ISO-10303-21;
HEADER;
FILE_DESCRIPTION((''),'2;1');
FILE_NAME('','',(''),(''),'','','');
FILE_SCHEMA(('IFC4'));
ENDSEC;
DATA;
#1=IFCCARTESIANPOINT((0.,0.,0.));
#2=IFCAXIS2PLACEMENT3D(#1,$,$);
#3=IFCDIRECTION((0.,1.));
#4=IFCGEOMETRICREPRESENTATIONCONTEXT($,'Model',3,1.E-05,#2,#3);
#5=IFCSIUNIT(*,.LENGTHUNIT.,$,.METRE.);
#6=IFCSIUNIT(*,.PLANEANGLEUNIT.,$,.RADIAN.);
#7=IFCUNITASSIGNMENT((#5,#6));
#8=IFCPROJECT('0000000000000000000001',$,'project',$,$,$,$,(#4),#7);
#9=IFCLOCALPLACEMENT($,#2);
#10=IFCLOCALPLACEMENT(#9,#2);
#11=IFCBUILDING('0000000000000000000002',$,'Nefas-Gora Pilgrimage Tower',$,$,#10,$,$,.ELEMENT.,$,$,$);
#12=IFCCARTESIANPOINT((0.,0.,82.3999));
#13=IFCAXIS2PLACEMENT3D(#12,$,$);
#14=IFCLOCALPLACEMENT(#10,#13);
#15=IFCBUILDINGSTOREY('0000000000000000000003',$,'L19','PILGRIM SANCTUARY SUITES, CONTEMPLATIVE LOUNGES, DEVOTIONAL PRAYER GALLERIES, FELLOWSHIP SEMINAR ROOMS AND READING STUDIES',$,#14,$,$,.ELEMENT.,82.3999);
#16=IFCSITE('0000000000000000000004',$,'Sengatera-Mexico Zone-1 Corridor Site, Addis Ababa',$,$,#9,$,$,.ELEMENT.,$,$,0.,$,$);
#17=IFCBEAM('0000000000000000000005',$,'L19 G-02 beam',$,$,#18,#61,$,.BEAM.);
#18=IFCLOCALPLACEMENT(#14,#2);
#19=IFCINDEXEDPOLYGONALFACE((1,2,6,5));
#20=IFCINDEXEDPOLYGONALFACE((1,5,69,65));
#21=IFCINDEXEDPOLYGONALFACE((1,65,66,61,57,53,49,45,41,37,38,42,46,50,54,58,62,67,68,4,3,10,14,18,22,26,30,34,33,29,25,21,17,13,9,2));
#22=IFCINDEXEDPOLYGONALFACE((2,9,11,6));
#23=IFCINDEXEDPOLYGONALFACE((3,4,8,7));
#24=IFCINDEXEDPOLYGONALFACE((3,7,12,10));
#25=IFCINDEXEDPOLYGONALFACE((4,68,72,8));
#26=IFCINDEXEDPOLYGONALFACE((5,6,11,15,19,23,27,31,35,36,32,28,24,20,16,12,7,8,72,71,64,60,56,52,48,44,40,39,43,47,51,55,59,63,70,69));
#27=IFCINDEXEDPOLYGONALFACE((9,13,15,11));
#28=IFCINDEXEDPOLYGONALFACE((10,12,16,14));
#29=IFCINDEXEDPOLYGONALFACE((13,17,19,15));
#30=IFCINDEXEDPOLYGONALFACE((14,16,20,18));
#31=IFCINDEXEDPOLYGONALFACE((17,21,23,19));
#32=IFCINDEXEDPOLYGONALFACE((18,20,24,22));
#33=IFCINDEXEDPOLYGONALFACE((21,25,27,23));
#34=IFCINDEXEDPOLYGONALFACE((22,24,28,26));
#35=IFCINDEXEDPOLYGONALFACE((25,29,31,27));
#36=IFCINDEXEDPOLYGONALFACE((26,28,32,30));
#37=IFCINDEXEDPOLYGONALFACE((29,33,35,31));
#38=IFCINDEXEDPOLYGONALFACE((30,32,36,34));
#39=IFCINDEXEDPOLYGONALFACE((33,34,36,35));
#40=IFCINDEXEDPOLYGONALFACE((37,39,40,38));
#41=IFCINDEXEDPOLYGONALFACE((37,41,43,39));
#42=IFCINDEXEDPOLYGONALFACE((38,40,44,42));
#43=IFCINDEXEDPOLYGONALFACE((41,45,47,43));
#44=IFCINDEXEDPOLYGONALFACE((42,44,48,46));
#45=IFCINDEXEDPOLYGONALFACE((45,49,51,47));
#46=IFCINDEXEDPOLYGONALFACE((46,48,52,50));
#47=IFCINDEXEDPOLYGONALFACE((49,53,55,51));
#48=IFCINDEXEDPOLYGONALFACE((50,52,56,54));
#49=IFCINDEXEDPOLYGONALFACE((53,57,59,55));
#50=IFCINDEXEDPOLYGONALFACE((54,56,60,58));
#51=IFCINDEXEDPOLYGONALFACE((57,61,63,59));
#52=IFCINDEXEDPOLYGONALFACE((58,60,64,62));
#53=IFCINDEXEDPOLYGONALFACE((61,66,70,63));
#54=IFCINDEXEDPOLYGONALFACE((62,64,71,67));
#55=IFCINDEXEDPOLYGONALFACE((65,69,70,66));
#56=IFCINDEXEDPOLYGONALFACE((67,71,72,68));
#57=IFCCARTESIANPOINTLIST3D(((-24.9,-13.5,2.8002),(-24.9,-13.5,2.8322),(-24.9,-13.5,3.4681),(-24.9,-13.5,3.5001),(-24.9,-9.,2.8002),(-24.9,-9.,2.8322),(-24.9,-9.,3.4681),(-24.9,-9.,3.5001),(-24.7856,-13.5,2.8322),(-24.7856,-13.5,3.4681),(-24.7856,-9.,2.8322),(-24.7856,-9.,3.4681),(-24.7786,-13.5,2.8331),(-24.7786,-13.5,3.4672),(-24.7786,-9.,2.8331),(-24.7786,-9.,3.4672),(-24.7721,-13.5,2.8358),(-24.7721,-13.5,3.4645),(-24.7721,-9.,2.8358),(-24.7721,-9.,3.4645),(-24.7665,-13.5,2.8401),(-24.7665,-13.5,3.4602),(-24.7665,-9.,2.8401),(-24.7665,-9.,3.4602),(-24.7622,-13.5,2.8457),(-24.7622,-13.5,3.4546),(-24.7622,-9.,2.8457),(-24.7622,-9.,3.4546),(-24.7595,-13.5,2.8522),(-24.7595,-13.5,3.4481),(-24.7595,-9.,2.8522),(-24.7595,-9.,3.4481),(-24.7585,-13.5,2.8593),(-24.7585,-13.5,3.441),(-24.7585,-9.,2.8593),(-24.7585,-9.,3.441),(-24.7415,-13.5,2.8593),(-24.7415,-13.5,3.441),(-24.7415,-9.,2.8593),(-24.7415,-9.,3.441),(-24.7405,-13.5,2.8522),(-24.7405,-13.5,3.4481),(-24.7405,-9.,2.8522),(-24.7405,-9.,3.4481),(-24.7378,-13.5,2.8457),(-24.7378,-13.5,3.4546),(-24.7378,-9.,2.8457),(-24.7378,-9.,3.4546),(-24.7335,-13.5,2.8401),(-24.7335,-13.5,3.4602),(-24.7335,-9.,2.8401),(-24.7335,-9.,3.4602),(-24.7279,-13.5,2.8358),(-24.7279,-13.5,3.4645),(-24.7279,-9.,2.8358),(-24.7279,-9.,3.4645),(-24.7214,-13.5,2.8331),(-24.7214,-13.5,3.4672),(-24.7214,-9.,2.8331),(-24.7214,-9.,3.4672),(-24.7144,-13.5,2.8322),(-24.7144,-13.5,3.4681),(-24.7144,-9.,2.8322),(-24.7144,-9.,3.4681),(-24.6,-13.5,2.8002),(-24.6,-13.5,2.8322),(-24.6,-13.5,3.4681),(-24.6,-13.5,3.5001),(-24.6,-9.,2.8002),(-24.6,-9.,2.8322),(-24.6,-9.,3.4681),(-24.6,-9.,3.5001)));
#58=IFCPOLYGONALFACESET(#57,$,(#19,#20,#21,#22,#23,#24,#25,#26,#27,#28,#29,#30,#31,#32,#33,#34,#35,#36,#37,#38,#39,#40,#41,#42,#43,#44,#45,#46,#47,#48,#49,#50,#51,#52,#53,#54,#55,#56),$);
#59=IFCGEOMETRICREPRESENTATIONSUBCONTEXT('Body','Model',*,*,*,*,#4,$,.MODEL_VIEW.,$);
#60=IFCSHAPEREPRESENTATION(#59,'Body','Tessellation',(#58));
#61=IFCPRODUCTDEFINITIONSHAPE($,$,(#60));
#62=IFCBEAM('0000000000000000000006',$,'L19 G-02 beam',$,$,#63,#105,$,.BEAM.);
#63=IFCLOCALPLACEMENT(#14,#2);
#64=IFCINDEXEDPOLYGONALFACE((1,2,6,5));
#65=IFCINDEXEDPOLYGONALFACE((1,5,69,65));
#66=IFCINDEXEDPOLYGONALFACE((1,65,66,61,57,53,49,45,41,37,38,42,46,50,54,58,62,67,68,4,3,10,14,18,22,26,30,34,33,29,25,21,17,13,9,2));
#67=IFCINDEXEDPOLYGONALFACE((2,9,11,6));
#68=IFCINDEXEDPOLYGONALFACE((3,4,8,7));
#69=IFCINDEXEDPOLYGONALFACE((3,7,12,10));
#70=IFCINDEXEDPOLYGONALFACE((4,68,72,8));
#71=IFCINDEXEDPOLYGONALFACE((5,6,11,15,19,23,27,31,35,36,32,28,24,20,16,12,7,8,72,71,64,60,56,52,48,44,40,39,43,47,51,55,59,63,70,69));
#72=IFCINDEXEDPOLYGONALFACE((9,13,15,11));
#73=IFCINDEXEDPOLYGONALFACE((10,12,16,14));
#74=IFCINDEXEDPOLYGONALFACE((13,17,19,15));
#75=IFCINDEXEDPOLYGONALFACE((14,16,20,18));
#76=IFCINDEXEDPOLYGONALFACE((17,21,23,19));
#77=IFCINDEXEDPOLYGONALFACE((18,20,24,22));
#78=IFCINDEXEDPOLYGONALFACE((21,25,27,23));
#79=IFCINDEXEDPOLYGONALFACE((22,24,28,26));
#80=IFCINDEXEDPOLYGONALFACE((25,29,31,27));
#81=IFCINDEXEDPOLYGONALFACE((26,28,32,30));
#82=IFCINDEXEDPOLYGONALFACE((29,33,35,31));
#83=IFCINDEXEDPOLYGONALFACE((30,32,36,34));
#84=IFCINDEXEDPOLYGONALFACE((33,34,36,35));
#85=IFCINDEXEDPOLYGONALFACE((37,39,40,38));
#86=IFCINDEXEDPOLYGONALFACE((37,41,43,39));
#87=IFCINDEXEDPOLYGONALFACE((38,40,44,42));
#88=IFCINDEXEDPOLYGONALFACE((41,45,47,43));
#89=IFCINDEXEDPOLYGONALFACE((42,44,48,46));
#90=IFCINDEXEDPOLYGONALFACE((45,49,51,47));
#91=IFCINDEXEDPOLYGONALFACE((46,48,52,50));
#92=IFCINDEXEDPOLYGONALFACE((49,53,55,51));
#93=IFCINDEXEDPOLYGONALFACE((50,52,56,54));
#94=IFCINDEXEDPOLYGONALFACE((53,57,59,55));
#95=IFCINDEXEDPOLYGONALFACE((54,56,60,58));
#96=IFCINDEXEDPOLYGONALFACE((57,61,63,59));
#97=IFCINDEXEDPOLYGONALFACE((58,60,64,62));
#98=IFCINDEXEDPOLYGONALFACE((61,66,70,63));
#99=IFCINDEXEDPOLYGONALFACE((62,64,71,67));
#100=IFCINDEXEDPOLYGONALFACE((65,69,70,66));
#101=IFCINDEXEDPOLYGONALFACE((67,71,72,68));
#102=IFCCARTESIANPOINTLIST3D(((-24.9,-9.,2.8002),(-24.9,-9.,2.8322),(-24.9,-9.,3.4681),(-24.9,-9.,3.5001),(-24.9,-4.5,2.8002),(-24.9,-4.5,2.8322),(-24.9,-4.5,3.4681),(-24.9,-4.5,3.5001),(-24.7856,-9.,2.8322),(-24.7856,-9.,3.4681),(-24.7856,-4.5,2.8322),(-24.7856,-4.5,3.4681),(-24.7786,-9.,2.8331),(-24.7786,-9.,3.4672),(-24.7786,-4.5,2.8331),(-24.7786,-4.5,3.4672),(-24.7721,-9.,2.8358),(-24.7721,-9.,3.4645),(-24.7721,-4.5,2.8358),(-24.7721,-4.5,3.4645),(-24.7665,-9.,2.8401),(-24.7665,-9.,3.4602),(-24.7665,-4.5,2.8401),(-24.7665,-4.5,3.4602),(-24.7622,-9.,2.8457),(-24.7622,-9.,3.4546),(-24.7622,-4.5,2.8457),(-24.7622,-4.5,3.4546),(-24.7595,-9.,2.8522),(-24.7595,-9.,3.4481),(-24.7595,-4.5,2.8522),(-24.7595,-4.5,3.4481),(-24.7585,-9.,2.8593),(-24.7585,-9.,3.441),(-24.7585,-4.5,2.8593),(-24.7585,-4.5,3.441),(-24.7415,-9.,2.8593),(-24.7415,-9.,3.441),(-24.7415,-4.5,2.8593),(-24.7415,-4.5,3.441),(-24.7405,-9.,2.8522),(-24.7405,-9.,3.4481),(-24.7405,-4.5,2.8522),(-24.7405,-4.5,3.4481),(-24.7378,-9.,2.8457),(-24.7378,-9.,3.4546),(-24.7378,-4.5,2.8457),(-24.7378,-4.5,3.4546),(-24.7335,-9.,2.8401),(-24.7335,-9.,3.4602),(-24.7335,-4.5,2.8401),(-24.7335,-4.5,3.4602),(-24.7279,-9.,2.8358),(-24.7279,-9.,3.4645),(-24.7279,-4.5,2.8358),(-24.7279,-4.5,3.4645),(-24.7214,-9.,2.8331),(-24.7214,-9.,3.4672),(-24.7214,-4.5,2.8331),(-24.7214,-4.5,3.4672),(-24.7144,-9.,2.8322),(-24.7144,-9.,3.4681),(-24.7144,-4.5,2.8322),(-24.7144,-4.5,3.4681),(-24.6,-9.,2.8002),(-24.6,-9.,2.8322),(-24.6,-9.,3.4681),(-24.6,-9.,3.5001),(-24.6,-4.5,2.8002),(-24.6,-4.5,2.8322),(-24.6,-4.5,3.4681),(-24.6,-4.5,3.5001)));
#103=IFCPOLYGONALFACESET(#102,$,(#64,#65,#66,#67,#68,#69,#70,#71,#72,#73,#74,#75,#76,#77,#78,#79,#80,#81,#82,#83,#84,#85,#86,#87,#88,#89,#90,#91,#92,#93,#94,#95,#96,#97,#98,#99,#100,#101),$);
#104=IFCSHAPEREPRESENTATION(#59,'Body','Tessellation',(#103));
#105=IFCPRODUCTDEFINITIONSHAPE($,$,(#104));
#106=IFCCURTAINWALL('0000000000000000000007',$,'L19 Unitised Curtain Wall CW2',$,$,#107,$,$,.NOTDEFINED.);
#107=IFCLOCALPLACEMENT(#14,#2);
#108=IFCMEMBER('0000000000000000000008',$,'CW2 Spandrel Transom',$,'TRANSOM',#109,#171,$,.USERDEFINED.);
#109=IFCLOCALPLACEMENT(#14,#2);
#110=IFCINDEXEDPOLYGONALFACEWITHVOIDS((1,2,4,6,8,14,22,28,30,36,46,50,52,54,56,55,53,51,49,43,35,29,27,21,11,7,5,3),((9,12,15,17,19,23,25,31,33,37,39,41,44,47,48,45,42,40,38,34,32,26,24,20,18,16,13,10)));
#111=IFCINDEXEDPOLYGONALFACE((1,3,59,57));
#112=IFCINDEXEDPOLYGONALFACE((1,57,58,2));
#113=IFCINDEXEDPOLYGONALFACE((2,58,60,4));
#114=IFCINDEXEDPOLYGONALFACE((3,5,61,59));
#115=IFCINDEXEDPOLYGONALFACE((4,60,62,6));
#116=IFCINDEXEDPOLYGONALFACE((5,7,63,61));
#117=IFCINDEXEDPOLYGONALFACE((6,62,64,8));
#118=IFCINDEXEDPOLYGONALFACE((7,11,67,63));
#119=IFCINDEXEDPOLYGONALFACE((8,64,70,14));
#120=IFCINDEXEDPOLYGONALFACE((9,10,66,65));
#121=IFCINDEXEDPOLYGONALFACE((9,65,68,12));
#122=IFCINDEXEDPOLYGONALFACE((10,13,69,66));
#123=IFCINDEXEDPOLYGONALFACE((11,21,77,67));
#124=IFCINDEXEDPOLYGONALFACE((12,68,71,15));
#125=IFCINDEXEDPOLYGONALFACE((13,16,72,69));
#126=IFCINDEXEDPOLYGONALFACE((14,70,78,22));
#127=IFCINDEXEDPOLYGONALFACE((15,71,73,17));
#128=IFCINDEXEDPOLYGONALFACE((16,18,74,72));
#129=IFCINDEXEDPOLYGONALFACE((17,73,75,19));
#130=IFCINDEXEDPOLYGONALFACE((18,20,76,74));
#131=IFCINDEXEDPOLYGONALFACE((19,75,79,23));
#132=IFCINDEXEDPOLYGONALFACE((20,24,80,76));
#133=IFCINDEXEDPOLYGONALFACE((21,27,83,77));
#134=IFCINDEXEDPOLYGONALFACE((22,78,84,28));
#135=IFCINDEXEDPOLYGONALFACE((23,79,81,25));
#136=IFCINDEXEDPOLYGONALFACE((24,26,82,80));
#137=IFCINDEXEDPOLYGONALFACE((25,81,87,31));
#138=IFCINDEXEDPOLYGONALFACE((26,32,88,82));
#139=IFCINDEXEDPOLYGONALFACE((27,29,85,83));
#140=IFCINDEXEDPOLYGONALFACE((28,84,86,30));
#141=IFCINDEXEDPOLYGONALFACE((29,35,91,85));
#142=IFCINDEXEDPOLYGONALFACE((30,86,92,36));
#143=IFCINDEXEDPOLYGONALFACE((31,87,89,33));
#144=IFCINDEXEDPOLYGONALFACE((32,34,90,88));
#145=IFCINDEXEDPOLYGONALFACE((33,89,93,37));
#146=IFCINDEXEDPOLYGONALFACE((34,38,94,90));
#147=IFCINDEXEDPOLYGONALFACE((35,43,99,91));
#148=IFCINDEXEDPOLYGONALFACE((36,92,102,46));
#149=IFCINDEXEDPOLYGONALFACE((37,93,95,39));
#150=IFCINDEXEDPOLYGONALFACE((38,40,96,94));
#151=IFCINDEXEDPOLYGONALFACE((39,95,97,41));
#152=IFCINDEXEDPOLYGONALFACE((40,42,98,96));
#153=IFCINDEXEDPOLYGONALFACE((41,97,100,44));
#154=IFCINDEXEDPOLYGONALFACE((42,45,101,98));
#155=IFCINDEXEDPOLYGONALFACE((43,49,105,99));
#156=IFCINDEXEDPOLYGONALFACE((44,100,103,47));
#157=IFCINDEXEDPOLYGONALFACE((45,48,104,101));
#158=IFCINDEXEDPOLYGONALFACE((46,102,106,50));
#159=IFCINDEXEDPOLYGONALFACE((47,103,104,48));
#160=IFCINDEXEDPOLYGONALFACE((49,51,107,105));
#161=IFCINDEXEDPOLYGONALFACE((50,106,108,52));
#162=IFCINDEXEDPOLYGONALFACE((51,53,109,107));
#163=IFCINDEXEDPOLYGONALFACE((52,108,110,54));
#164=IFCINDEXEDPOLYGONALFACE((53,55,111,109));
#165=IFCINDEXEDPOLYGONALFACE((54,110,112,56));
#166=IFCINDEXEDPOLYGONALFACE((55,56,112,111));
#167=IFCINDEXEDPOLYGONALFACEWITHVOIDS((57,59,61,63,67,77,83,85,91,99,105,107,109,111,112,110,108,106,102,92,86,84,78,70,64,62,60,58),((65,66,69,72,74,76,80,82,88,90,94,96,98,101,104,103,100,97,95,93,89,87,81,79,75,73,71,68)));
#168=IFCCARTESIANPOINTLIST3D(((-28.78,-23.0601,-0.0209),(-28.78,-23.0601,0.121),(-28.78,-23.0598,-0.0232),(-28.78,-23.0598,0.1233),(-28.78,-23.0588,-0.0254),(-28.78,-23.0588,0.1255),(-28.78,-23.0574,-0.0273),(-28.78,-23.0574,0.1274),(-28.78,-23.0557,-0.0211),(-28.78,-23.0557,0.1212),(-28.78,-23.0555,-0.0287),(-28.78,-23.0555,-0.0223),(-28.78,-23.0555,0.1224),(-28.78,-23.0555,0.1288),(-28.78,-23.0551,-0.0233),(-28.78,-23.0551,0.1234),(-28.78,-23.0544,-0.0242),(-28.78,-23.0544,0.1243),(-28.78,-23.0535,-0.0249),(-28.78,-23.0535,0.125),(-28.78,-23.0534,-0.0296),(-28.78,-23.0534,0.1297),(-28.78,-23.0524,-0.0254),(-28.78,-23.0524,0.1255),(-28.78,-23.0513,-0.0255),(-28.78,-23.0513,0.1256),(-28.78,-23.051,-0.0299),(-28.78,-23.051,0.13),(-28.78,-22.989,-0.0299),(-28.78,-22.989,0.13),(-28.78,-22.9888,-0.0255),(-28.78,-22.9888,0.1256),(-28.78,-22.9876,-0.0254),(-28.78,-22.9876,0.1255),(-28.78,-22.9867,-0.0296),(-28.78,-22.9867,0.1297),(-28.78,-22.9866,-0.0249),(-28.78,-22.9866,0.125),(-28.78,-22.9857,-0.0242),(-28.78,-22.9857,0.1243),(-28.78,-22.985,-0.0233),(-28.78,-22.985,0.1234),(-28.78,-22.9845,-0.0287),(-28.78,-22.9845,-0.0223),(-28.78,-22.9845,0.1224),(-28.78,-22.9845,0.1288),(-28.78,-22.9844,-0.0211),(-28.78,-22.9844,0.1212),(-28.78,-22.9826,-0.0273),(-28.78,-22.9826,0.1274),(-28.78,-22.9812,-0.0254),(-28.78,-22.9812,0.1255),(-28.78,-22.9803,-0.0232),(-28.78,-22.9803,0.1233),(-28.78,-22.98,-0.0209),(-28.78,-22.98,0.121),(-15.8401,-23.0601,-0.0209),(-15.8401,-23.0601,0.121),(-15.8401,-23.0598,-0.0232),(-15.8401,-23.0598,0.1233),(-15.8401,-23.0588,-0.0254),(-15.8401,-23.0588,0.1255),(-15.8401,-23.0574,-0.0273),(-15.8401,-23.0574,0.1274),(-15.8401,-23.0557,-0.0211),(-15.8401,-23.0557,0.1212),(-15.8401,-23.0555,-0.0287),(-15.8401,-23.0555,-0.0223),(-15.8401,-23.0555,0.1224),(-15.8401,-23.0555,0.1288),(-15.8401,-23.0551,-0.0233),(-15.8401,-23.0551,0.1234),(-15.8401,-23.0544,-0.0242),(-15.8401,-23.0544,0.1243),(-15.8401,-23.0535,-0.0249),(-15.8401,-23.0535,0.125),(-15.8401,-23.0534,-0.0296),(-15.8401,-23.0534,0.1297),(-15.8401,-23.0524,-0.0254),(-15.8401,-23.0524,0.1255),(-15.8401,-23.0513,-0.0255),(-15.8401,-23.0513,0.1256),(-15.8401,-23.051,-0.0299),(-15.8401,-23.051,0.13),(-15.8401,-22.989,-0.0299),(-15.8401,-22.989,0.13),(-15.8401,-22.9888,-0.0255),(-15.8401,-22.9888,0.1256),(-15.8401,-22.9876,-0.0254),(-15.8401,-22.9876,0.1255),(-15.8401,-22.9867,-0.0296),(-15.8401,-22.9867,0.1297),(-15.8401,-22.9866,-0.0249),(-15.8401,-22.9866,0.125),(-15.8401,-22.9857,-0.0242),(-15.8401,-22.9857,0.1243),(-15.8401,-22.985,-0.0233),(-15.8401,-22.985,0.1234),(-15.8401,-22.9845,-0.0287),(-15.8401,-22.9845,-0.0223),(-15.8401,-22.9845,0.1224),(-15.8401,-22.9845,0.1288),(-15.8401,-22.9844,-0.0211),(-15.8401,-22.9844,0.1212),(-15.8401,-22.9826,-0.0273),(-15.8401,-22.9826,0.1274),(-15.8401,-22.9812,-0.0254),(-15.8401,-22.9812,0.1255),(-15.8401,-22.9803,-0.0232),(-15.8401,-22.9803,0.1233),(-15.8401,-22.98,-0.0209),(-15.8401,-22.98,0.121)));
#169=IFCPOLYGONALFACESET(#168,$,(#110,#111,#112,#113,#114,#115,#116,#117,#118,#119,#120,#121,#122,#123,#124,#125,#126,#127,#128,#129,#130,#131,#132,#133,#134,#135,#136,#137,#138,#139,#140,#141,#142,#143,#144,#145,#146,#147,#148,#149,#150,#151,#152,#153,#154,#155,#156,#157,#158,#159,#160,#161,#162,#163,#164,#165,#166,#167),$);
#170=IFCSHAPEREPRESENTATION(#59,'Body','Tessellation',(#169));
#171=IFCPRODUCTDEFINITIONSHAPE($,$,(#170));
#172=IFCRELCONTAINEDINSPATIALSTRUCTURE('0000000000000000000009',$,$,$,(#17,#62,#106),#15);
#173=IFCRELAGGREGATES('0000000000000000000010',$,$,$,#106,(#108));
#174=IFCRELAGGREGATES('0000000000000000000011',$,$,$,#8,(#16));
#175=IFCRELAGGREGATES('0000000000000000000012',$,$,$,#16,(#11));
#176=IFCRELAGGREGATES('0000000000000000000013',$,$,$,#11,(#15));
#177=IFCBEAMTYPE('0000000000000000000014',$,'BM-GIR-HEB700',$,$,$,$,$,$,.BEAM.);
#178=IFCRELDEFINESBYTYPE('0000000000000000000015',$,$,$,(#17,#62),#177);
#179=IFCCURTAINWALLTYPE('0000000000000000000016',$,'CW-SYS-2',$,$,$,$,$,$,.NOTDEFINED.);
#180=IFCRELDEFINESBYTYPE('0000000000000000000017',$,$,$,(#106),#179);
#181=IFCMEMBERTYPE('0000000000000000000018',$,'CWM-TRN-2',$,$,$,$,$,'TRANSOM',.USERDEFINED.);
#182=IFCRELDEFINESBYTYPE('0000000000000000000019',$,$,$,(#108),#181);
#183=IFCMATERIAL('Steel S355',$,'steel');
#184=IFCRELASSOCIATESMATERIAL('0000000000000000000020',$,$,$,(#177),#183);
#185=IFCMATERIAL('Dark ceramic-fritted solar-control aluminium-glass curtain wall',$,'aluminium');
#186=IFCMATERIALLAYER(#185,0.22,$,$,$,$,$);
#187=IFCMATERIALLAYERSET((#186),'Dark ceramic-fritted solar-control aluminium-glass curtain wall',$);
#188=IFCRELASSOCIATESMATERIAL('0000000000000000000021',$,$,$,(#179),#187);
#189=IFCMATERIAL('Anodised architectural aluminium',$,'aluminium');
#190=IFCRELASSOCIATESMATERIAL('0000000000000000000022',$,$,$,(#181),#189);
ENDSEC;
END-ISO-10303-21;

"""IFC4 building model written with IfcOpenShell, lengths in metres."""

from ifc_helpers import new_model, si_unit, direction, frame, origin, origin_2d, place, context, subcontext, project, spatial, hollow_rectangle, i_section, extrude, source, transform, mapped, material, layer, layer_set, material_profile, profile_set, type_object, element, aggregate, save


model = new_model("IFC4")

# Units and contexts
model_context = context("Model", 3, precision=1e-05, world=origin(), true_north=direction((0.0, 1.0)))
body_context = subcontext(model_context, "Body", "Model", "MODEL_VIEW")
ifc_project = project(units=[si_unit("LENGTHUNIT", "METRE"), si_unit("PLANEANGLEUNIT", "RADIAN")], contexts=[model_context])

# Site, building, storey
site_placement = place(None, origin())
site = spatial("IfcSite", under=ifc_project, at=site_placement, Name="Sengatera-Mexico Zone-1 Corridor Site, Addis Ababa", CompositionType="ELEMENT", RefElevation=0.0)
building_placement = place(site_placement, origin())
building = spatial("IfcBuilding", under=site, at=building_placement, Name="Nefas-Gora Pilgrimage Tower", CompositionType="ELEMENT")
storey_placement = place(building_placement, frame((0.0, 0.0, 82.3999)))
storey = spatial("IfcBuildingStorey", under=building, at=storey_placement, Name="L19", Description="PILGRIM SANCTUARY SUITES, CONTEMPLATIVE LOUNGES, DEVOTIONAL PRAYER GALLERIES, FELLOWSHIP SEMINAR ROOMS AND READING STUDIES", CompositionType="ELEMENT", Elevation=82.3999)

# Beams
ifc_material_1 = material(Name="Steel S355", Category="steel")
ifc_material_profile_1 = material_profile(ifc_material_1, i_section(OverallWidth=0.3, OverallDepth=0.7, WebThickness=0.0171, FlangeThickness=0.032, FilletRadius=0.0271, at=origin_2d()), Name="HEB 700")
ifc_profile_set_1 = profile_set([ifc_material_profile_1], Name="Steel S355")
beam_type_1 = type_object("IfcBeamType", Name="BM-GIR-HEB700", PredefinedType="BEAM", material=ifc_profile_set_1)
shared_shape_1 = source(origin(), body_context, "Body", "SweptSolid", [
    extrude(i_section(OverallWidth=0.3, OverallDepth=0.7, WebThickness=0.0171, FlangeThickness=0.032, FilletRadius=0.0271, at=origin_2d()), origin(), (0.0, 0.0, 1.0), 4.5),
])
for number, where, z_axis, x_axis, name in (
    (1, (-24.75, -13.5, 3.1501), (0.0, 1.0, 0.0), (-1.0, 0.0, 0.0), "L19 G-02 beam"),
    (2, (-24.75, -9.0, 3.1501), (0.0, 1.0, 0.0), (-1.0, 0.0, 0.0), "L19 G-02 beam"),
):
    element("IfcBeam", number, at=place(storey_placement, frame(where, z_axis=z_axis, x_axis=x_axis)), inside=storey, type_object=beam_type_1, Name=name, PredefinedType="BEAM", context=body_context, shape_type="MappedRepresentation", body=[
        mapped(shared_shape_1, transform((0.0, 0.0, 0.0), x_axis=(1.0, 0.0, 0.0), y_axis=(0.0, 1.0, 0.0), z_axis=(0.0, 0.0, 1.0), scale=1.0)),
    ])

# Curtain wall, member
ifc_material_2 = material(Name="Dark ceramic-fritted solar-control aluminium-glass curtain wall", Category="aluminium")
ifc_layer_1 = layer(ifc_material_2, 0.22)
ifc_layer_set_1 = layer_set([ifc_layer_1], Name="Dark ceramic-fritted solar-control aluminium-glass curtain wall")
curtain_wall_type = type_object("IfcCurtainWallType", Name="CW-SYS-2", PredefinedType="NOTDEFINED", material=ifc_layer_set_1)
curtain_wall_1_placement = place(storey_placement, origin())
curtain_wall_1 = element("IfcCurtainWall", 3, at=curtain_wall_1_placement, inside=storey, type_object=curtain_wall_type, Name="L19 Unitised Curtain Wall CW2", PredefinedType="NOTDEFINED")
ifc_material_3 = material(Name="Anodised architectural aluminium", Category="aluminium")
ifc_material_profile_2 = material_profile(ifc_material_3, hollow_rectangle(XDim=0.0801, YDim=0.1599, WallThickness=0.0044, InnerFilletRadius=0.0044, OuterFilletRadius=0.009, at=origin_2d()), Name="ALU TRANSOM 80x160")
ifc_profile_set_2 = profile_set([ifc_material_profile_2], Name="Anodised architectural aluminium")
member_type_1 = type_object("IfcMemberType", Name="CWM-TRN-2", ElementType="TRANSOM", PredefinedType="USERDEFINED", material=ifc_profile_set_2)
shared_shape_2 = source(origin(), body_context, "Body", "SweptSolid", [
    extrude(hollow_rectangle(XDim=0.0801, YDim=0.1599, WallThickness=0.0044, InnerFilletRadius=0.0044, OuterFilletRadius=0.009, at=origin_2d()), origin(), (0.0, 0.0, 1.0), 12.9399),
])
member_1_placement = place(storey_placement, frame((-28.78, -23.02, 0.05), z_axis=(1.0, 0.0, 0.0), x_axis=(0.0, 1.0, 0.0)))
member_1 = element("IfcMember", 4, at=member_1_placement, type_object=member_type_1, Name="CW2 Spandrel Transom", ObjectType="TRANSOM", PredefinedType="USERDEFINED", context=body_context, shape_type="MappedRepresentation", body=[
    mapped(shared_shape_2, transform((0.0, 0.0, 0.0), x_axis=(1.0, 0.0, 0.0), y_axis=(0.0, 1.0, 0.0), z_axis=(0.0, 0.0, 1.0), scale=1.0)),
])

aggregate(curtain_wall_1, [member_1])

save(model, "model.ifc")
